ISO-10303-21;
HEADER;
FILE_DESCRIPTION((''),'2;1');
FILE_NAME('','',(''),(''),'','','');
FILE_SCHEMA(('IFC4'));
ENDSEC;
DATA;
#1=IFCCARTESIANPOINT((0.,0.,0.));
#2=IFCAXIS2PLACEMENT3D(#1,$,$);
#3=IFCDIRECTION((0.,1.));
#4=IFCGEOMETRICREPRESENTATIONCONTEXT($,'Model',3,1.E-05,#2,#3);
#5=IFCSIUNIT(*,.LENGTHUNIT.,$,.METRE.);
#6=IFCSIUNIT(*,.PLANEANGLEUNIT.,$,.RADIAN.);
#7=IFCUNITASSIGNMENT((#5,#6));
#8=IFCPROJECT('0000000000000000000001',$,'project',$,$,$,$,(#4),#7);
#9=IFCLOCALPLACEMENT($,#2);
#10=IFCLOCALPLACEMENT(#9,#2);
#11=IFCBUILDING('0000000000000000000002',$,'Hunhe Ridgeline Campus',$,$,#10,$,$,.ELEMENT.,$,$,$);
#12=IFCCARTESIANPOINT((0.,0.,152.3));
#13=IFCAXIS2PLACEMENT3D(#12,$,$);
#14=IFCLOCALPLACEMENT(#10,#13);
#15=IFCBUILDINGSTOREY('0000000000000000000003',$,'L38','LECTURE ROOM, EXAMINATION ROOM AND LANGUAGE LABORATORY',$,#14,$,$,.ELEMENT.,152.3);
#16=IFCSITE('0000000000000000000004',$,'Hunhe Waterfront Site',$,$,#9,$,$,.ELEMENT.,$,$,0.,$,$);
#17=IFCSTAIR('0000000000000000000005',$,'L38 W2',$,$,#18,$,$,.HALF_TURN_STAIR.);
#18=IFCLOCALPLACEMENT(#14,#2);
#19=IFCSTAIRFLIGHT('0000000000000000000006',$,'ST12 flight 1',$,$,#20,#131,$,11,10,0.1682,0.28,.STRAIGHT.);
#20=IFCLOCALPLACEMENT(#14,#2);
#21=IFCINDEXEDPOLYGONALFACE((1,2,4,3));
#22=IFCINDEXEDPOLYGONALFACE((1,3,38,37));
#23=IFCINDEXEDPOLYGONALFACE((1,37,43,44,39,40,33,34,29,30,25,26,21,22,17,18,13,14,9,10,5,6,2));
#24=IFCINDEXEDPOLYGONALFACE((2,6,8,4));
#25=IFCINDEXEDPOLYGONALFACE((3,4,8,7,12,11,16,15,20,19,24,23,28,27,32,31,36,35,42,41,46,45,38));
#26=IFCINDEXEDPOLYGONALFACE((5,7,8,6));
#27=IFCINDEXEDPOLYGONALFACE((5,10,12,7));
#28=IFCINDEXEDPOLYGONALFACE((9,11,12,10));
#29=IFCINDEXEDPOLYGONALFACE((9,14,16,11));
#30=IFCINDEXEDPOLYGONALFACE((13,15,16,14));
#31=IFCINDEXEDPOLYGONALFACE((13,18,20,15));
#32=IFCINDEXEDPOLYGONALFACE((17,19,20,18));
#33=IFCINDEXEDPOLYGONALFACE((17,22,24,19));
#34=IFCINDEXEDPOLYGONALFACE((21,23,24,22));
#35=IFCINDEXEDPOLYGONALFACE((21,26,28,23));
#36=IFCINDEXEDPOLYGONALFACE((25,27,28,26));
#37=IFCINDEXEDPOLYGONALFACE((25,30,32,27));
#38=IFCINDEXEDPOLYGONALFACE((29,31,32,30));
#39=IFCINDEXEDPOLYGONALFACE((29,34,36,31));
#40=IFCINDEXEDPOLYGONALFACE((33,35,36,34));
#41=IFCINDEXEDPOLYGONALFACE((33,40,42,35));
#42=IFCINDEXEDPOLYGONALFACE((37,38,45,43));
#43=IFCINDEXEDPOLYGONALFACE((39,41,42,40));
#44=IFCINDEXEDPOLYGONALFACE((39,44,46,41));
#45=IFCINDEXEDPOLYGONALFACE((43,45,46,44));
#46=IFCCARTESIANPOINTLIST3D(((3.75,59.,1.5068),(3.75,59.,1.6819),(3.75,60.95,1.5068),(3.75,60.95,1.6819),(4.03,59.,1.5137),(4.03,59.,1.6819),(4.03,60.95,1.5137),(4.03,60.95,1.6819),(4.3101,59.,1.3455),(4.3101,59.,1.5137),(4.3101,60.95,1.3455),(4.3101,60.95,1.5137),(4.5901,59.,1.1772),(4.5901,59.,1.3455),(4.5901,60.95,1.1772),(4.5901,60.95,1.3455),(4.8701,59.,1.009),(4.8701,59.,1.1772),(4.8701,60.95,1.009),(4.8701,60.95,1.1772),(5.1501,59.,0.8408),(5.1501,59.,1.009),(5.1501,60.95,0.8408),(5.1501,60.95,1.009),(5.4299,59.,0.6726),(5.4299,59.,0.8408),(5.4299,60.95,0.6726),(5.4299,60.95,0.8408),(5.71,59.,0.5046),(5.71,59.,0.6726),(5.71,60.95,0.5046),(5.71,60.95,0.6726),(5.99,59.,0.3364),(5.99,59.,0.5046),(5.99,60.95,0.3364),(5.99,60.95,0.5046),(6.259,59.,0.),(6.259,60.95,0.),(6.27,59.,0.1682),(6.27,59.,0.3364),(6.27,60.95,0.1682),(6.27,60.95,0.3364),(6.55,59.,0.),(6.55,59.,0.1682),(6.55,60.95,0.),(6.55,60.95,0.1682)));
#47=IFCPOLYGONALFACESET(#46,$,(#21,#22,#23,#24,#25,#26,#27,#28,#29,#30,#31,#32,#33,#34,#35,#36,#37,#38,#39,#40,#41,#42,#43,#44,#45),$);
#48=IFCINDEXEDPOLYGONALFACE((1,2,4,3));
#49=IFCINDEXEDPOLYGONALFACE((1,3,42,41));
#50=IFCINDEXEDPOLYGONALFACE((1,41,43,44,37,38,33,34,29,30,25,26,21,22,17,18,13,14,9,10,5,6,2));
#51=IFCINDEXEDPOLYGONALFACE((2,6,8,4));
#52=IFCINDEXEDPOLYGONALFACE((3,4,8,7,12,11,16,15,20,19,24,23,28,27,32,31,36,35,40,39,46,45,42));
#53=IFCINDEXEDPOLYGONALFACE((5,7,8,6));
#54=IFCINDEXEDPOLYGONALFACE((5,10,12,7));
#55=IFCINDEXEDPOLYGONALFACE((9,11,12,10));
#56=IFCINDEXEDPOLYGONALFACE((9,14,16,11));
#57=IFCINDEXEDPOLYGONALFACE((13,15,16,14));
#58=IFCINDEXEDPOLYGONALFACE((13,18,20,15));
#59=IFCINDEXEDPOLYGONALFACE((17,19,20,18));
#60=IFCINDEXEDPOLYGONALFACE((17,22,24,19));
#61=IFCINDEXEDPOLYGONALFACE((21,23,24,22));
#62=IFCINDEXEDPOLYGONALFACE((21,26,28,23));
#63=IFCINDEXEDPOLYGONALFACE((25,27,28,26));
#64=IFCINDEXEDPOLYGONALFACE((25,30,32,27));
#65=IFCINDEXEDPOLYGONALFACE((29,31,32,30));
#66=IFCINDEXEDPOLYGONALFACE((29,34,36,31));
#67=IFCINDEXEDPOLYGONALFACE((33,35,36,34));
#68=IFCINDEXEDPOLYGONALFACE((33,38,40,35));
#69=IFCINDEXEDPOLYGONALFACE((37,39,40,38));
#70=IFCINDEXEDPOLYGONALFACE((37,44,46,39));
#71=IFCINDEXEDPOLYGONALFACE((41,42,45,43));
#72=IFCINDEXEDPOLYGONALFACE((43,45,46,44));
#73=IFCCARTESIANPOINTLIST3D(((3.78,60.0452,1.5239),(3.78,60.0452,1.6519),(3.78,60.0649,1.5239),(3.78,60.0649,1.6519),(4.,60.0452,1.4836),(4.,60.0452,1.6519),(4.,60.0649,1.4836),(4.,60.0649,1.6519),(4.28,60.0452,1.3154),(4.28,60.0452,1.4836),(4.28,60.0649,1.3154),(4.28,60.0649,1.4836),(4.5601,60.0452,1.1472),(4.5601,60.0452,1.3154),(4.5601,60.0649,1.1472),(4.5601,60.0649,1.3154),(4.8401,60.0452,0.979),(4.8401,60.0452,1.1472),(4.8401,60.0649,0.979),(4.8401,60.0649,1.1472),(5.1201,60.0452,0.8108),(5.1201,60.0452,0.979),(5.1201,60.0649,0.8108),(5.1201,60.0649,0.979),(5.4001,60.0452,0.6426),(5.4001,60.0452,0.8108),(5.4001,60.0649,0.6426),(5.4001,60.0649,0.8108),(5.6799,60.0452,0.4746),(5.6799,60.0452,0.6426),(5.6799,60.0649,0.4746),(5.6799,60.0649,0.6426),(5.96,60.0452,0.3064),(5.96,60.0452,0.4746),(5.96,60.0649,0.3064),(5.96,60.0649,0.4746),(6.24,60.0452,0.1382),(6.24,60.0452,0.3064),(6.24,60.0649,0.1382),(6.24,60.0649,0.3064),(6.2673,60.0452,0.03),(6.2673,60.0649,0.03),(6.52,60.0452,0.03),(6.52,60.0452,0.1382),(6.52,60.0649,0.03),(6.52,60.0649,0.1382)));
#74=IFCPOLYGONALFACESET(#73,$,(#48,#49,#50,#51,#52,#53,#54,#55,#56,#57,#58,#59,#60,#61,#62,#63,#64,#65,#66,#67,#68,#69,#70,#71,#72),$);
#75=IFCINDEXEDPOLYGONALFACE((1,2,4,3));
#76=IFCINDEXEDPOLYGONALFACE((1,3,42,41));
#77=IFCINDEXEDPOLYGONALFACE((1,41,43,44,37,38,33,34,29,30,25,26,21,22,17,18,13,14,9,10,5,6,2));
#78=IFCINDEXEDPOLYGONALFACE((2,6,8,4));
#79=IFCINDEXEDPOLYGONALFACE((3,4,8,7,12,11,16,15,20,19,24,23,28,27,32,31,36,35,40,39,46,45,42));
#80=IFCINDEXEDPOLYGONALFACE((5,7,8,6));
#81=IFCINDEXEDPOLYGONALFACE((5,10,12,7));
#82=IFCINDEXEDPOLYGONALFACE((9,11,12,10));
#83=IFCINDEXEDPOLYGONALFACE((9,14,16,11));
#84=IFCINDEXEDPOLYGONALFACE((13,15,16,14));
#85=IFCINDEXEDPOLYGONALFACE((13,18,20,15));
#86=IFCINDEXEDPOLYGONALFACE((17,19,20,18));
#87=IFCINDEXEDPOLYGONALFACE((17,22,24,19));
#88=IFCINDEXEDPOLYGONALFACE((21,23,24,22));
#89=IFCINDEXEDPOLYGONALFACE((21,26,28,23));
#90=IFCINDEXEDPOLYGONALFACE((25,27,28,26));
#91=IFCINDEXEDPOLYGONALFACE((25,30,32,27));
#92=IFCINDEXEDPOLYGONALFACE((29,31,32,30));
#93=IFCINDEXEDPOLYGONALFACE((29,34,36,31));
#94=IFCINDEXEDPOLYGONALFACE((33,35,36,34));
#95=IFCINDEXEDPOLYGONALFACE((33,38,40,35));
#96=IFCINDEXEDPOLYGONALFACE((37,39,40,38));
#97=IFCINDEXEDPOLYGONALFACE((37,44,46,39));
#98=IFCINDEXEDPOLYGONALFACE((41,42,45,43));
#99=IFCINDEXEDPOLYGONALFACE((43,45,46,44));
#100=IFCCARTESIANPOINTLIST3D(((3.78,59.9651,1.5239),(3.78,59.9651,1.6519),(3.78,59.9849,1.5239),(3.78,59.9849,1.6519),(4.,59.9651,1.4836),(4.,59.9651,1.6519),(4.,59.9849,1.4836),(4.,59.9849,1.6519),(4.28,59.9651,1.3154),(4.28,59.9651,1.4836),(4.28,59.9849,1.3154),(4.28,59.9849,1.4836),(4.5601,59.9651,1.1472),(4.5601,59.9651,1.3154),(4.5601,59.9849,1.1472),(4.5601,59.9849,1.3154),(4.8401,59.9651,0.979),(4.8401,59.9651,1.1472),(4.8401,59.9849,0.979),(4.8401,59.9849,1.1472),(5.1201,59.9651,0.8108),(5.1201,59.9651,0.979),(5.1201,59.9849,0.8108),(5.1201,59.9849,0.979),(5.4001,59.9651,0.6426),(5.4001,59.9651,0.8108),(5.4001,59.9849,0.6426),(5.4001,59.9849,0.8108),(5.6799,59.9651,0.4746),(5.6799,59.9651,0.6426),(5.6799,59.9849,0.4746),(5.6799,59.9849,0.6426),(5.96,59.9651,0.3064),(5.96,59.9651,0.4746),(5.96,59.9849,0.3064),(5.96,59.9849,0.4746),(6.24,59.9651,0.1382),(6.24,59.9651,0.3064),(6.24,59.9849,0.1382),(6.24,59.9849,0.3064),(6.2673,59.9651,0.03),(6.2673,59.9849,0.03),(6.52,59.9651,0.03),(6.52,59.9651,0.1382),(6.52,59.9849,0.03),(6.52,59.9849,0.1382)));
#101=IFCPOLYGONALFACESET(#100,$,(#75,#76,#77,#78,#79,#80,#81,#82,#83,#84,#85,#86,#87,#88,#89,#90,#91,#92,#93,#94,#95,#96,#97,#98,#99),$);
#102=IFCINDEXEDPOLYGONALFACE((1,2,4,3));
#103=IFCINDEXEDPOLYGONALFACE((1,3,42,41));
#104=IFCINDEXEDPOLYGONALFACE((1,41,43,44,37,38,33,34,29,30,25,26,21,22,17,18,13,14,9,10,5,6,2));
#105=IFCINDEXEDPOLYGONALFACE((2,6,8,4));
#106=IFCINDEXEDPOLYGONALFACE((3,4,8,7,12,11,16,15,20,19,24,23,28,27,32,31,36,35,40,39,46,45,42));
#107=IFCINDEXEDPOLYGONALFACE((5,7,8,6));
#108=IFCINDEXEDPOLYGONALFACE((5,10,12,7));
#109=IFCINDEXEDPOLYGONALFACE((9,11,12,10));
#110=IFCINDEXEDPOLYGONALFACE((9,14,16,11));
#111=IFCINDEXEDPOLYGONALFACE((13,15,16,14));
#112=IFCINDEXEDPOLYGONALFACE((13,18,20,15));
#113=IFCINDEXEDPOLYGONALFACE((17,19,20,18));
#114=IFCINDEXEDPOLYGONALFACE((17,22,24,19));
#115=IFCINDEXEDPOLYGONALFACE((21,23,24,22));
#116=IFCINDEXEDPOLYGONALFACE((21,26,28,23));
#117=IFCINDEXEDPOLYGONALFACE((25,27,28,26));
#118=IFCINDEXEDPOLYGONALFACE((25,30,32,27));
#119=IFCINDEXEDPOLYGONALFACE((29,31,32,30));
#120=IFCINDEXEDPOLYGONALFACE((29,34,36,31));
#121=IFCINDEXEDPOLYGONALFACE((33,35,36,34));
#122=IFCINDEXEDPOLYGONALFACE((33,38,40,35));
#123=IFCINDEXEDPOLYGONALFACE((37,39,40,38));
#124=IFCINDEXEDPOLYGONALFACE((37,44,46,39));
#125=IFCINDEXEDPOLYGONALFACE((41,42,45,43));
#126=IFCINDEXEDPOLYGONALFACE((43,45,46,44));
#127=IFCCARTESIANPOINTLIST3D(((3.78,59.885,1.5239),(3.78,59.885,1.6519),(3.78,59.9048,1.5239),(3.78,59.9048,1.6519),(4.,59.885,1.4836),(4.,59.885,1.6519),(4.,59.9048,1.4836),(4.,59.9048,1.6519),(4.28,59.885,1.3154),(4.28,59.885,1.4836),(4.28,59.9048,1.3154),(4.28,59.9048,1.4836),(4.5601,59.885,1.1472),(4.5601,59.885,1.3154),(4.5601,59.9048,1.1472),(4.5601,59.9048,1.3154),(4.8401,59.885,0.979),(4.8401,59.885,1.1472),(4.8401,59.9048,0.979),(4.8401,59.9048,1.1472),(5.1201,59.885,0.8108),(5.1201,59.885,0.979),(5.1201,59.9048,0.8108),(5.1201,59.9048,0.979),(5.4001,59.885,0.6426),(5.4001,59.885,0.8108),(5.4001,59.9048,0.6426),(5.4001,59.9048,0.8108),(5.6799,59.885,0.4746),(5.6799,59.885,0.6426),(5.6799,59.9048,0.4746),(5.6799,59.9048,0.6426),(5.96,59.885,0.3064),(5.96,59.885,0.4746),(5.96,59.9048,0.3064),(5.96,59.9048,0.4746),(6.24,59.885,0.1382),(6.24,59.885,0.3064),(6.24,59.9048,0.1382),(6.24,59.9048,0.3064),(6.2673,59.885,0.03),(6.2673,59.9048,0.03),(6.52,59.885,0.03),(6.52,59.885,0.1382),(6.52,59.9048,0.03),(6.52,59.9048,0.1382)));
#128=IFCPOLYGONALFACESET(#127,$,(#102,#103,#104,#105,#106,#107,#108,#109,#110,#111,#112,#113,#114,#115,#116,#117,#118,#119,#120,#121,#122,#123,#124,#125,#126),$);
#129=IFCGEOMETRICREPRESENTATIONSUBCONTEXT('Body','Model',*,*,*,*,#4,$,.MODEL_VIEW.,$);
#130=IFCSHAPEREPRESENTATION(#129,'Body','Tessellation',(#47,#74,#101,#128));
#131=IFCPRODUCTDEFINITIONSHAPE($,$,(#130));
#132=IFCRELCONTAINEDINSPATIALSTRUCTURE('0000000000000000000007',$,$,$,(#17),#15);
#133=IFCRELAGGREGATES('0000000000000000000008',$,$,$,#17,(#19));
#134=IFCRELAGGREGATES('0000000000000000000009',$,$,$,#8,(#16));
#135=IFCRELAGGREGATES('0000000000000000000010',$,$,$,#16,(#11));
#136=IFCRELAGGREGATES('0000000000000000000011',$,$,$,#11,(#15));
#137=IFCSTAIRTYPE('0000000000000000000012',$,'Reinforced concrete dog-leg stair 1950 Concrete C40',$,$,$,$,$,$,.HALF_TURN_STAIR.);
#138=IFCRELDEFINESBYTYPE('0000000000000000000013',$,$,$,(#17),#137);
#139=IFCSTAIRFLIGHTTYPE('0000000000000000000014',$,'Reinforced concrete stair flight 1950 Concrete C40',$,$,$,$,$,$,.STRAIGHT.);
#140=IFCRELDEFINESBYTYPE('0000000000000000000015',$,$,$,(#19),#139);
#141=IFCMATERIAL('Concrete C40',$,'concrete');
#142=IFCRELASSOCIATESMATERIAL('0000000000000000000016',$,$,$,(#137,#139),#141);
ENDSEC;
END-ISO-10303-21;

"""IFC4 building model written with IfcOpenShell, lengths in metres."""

from ifc_helpers import new_model, si_unit, direction, frame, origin, place, context, subcontext, project, spatial, polyline, outline, extrude, material, type_object, element, aggregate, save


model = new_model("IFC4")

# Units and contexts
model_context = context("Model", 3, precision=1e-05, world=origin(), true_north=direction((0.0, 1.0)))
body_context = subcontext(model_context, "Body", "Model", "MODEL_VIEW")
ifc_project = project(units=[si_unit("LENGTHUNIT", "METRE"), si_unit("PLANEANGLEUNIT", "RADIAN")], contexts=[model_context])

# Site, building, storey
site_placement = place(None, origin())
site = spatial("IfcSite", under=ifc_project, at=site_placement, Name="Hunhe Waterfront Site", CompositionType="ELEMENT", RefElevation=0.0)
building_placement = place(site_placement, origin())
building = spatial("IfcBuilding", under=site, at=building_placement, Name="Hunhe Ridgeline Campus", CompositionType="ELEMENT")
storey_placement = place(building_placement, frame((0.0, 0.0, 152.3)))
storey = spatial("IfcBuildingStorey", under=building, at=storey_placement, Name="L38", Description="LECTURE ROOM, EXAMINATION ROOM AND LANGUAGE LABORATORY", CompositionType="ELEMENT", Elevation=152.3)

# Stair, stair flight
ifc_material_1 = material(Name="Concrete C40", Category="concrete")
stair_type = type_object("IfcStairType", Name="Reinforced concrete dog-leg stair 1950 Concrete C40", PredefinedType="HALF_TURN_STAIR", material=ifc_material_1)
stair_flight_type = type_object("IfcStairFlightType", Name="Reinforced concrete stair flight 1950 Concrete C40", PredefinedType="STRAIGHT", material=ifc_material_1)
stair_1_placement = place(storey_placement, origin())
stair_1 = element("IfcStair", 1, at=stair_1_placement, inside=storey, type_object=stair_type, Name="L38 W2", PredefinedType="HALF_TURN_STAIR")
stair_flight_1_placement = place(storey_placement, frame((6.55, 59.9751, 0.0), z_axis=(0.0, 0.0, 1.0), x_axis=(-1.0, 0.0, 0.0)))
stair_flight_1 = element("IfcStairFlight", 2, at=stair_flight_1_placement, type_object=stair_flight_type, Name="ST12 flight 1", NumberOfRisers=11, NumberOfTreads=10, PredefinedType="STRAIGHT", RiserHeight=0.1682, TreadLength=0.28, context=body_context, shape_type="SweptSolid", body=[
    extrude(outline(polyline([(0.0, 0.0), (0.0, 0.1682), (0.28, 0.1682), (0.28, 0.3364), (0.5601, 0.3364), (0.5601, 0.5046), (0.8401, 0.5046), (0.8401, 0.6726), (1.1201, 0.6726), (1.1201, 0.8408), (1.3999, 0.8408), (1.3999, 1.009), (1.6799, 1.009), (1.6799, 1.1772), (1.96, 1.1772), (1.96, 1.3455), (2.24, 1.3455), (2.24, 1.5137), (2.52, 1.5137), (2.52, 1.6819), (2.8, 1.6819), (2.8, 1.8501), (2.8, 1.5068), (0.291, 0.0), (0.0, 0.0)])), frame((0.0, 0.9751, 0.0), z_axis=(0.0, -1.0, 0.0), x_axis=(1.0, 0.0, 0.0)), (0.0, 0.0, 1.0), 1.95),
    extrude(outline(polyline([(0.03, 0.03), (0.03, 0.1382), (0.3101, 0.1382), (0.3101, 0.3064), (0.5901, 0.3064), (0.5901, 0.4746), (0.8701, 0.4746), (0.8701, 0.6426), (1.1499, 0.6426), (1.1499, 0.8108), (1.4299, 0.8108), (1.4299, 0.979), (1.71, 0.979), (1.71, 1.1472), (1.99, 1.1472), (1.99, 1.3154), (2.27, 1.3154), (2.27, 1.4836), (2.55, 1.4836), (2.55, 1.6519), (2.77, 1.6519), (2.77, 1.5239), (0.2827, 0.03), (0.03, 0.03)])), frame((0.0, -0.0701, 0.0), z_axis=(0.0, -1.0, 0.0), x_axis=(1.0, 0.0, 0.0)), (0.0, 0.0, 1.0), 0.0198),
    extrude(outline(polyline([(0.03, 0.03), (0.03, 0.1382), (0.3101, 0.1382), (0.3101, 0.3064), (0.5901, 0.3064), (0.5901, 0.4746), (0.8701, 0.4746), (0.8701, 0.6426), (1.1499, 0.6426), (1.1499, 0.8108), (1.4299, 0.8108), (1.4299, 0.979), (1.71, 0.979), (1.71, 1.1472), (1.99, 1.1472), (1.99, 1.3154), (2.27, 1.3154), (2.27, 1.4836), (2.55, 1.4836), (2.55, 1.6519), (2.77, 1.6519), (2.77, 1.5239), (0.2827, 0.03), (0.03, 0.03)])), frame((0.0, 0.01, 0.0), z_axis=(0.0, -1.0, 0.0), x_axis=(1.0, 0.0, 0.0)), (0.0, 0.0, 1.0), 0.0198),
    extrude(outline(polyline([(0.03, 0.03), (0.03, 0.1382), (0.3101, 0.1382), (0.3101, 0.3064), (0.5901, 0.3064), (0.5901, 0.4746), (0.8701, 0.4746), (0.8701, 0.6426), (1.1499, 0.6426), (1.1499, 0.8108), (1.4299, 0.8108), (1.4299, 0.979), (1.71, 0.979), (1.71, 1.1472), (1.99, 1.1472), (1.99, 1.3154), (2.27, 1.3154), (2.27, 1.4836), (2.55, 1.4836), (2.55, 1.6519), (2.77, 1.6519), (2.77, 1.5239), (0.2827, 0.03), (0.03, 0.03)])), frame((0.0, 0.0901, 0.0), z_axis=(0.0, -1.0, 0.0), x_axis=(1.0, 0.0, 0.0)), (0.0, 0.0, 1.0), 0.0198),
])
aggregate(stair_1, [stair_flight_1])

save(model, "model.ifc")
